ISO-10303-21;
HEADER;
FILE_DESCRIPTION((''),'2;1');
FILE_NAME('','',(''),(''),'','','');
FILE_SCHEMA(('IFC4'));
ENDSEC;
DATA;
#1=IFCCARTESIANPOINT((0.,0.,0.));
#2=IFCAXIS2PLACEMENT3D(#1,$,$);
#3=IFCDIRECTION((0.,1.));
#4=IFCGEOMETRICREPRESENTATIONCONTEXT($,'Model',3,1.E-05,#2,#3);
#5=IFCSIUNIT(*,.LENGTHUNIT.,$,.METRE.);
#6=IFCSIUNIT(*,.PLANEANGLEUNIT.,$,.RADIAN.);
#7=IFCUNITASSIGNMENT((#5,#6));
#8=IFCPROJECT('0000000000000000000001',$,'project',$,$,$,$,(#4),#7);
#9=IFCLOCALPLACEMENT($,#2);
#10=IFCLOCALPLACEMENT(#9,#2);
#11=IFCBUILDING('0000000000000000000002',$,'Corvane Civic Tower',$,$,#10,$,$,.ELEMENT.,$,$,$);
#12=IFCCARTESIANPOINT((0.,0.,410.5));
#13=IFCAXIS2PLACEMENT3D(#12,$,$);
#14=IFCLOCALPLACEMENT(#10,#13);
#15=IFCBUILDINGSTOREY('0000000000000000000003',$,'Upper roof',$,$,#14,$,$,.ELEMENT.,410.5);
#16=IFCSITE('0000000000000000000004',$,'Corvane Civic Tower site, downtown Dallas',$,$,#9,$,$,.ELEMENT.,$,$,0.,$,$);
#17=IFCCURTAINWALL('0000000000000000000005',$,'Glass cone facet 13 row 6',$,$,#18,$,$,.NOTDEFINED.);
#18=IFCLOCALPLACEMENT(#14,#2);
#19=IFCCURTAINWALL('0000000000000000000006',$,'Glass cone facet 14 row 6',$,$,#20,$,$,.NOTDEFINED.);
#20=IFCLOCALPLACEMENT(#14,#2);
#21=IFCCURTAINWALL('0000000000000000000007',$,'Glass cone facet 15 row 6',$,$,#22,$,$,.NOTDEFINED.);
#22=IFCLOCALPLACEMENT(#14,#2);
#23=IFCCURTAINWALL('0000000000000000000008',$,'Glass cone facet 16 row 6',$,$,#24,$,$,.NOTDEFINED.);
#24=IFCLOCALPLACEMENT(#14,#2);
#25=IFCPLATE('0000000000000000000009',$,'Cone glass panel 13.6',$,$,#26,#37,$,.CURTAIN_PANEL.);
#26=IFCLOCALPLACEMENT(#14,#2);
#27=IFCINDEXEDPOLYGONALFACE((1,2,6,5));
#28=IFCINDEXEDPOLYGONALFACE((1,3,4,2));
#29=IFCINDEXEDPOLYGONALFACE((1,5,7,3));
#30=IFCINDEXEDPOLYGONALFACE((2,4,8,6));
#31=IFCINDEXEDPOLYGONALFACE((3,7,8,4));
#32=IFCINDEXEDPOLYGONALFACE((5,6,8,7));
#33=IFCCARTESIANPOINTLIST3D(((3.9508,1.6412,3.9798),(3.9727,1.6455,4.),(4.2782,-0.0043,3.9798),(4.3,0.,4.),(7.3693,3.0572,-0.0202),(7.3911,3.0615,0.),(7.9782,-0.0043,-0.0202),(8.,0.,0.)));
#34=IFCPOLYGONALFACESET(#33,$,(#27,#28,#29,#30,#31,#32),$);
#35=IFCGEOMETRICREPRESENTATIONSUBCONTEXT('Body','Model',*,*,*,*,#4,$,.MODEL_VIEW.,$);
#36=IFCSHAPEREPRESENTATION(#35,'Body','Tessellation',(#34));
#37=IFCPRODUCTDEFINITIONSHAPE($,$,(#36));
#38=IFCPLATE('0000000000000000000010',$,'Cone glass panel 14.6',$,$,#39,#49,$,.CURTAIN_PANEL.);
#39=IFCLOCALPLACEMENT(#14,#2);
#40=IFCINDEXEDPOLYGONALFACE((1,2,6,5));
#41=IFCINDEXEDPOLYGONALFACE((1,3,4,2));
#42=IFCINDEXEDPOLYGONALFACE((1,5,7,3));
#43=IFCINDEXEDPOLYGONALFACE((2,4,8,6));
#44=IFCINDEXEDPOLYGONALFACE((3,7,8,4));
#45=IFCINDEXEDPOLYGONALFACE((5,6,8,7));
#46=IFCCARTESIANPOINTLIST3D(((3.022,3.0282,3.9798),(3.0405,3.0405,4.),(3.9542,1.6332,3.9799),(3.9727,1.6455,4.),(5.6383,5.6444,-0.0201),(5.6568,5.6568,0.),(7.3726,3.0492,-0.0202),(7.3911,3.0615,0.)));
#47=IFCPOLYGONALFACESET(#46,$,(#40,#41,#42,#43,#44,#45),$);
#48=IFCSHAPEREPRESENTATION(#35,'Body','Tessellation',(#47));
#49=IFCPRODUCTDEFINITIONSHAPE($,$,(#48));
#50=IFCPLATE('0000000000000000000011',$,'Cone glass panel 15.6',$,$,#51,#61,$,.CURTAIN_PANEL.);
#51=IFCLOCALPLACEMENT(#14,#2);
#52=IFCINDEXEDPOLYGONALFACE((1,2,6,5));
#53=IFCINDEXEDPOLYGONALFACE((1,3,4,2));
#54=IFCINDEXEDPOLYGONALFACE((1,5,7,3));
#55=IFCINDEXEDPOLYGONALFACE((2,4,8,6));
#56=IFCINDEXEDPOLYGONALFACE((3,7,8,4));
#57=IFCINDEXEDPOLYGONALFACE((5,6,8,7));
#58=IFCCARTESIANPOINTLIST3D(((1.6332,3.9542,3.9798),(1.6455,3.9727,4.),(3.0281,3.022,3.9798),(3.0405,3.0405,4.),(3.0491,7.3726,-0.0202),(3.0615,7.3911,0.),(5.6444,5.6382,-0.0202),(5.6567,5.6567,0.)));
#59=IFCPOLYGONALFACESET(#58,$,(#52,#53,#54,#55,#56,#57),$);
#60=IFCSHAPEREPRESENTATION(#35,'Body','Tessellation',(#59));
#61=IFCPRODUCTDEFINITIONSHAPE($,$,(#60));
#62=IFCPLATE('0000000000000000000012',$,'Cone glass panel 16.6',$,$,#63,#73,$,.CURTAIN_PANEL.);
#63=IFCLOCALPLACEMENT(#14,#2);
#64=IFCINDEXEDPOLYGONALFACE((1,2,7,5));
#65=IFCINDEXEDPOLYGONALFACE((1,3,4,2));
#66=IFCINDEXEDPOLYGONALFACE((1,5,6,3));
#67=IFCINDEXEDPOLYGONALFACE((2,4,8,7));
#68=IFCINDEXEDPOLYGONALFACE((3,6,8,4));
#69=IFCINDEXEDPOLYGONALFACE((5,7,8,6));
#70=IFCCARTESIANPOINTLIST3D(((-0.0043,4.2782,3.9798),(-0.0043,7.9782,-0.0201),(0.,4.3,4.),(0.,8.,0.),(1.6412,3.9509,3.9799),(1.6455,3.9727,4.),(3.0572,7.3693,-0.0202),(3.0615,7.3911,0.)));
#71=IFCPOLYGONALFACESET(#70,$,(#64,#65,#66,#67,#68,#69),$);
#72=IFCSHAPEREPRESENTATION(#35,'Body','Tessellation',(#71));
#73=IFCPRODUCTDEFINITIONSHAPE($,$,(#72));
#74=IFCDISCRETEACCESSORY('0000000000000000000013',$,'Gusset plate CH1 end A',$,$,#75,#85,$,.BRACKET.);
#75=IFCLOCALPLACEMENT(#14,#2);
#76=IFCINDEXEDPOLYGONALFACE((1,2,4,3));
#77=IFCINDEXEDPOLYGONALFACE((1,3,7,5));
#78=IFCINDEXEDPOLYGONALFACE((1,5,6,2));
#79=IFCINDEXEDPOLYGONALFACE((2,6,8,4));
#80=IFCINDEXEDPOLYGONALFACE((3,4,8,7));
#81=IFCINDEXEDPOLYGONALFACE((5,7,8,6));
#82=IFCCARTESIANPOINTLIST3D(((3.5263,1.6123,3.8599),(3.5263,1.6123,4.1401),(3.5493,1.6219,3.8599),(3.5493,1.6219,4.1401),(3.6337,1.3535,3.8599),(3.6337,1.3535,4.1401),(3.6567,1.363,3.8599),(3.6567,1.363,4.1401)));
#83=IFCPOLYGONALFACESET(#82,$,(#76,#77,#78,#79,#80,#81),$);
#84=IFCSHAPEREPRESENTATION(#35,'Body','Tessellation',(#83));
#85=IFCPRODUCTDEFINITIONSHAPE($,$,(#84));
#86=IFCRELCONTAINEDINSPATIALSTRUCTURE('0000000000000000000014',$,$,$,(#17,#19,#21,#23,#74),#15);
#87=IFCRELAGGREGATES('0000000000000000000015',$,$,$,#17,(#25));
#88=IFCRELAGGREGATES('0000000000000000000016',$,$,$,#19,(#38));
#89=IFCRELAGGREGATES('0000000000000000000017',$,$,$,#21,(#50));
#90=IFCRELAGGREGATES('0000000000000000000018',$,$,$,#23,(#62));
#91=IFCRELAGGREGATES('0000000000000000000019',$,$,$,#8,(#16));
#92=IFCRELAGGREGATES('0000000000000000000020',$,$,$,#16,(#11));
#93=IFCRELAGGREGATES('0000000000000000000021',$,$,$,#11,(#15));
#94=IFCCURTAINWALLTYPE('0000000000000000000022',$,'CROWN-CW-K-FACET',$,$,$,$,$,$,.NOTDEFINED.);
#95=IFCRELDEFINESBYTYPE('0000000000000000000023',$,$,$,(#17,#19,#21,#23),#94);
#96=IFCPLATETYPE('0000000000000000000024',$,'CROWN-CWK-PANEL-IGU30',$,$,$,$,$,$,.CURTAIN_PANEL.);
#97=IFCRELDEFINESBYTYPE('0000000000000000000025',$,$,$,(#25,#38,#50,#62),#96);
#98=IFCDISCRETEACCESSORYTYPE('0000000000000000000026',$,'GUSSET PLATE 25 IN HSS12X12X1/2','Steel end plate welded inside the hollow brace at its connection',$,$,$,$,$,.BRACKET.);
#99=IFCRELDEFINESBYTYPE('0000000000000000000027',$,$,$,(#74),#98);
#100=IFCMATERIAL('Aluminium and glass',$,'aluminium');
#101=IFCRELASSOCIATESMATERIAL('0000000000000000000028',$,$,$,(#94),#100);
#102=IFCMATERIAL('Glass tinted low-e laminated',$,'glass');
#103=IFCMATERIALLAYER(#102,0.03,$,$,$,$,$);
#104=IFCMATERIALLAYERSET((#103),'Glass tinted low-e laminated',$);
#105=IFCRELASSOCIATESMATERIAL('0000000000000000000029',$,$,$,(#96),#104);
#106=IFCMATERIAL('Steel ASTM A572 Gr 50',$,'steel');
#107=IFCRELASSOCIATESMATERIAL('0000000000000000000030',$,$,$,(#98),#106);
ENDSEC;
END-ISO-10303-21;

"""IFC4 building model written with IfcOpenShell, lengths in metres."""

from ifc_helpers import new_model, si_unit, direction, frame, origin, origin_2d, place, context, subcontext, project, spatial, polyline, rectangle, outline, extrude, material, layer, layer_set, material_profile, profile_set, type_object, element, aggregate, save


model = new_model("IFC4")

# Units and contexts
model_context = context("Model", 3, precision=1e-05, world=origin(), true_north=direction((0.0, 1.0)))
body_context = subcontext(model_context, "Body", "Model", "MODEL_VIEW")
ifc_project = project(units=[si_unit("LENGTHUNIT", "METRE"), si_unit("PLANEANGLEUNIT", "RADIAN")], contexts=[model_context])

# Site, building, storey
site_placement = place(None, origin())
site = spatial("IfcSite", under=ifc_project, at=site_placement, Name="Corvane Civic Tower site, downtown Dallas", CompositionType="ELEMENT", RefElevation=0.0)
building_placement = place(site_placement, origin())
building = spatial("IfcBuilding", under=site, at=building_placement, Name="Corvane Civic Tower", CompositionType="ELEMENT")
storey_placement = place(building_placement, frame((0.0, 0.0, 410.5)))
storey = spatial("IfcBuildingStorey", under=building, at=storey_placement, Name="Upper roof", CompositionType="ELEMENT", Elevation=410.5)

# Shared definitions
ifc_material_1 = material(Name="Aluminium and glass", Category="aluminium")
curtain_wall_type = type_object("IfcCurtainWallType", Name="CROWN-CW-K-FACET", PredefinedType="NOTDEFINED", material=ifc_material_1)

# Curtain walls
curtain_wall_1_placement = place(storey_placement, origin())
curtain_wall_1 = element("IfcCurtainWall", 1, at=curtain_wall_1_placement, inside=storey, type_object=curtain_wall_type, Name="Glass cone facet 13 row 6", PredefinedType="NOTDEFINED")
curtain_wall_2_placement = place(storey_placement, origin())
curtain_wall_2 = element("IfcCurtainWall", 2, at=curtain_wall_2_placement, inside=storey, type_object=curtain_wall_type, Name="Glass cone facet 14 row 6", PredefinedType="NOTDEFINED")
curtain_wall_3_placement = place(storey_placement, origin())
curtain_wall_3 = element("IfcCurtainWall", 3, at=curtain_wall_3_placement, inside=storey, type_object=curtain_wall_type, Name="Glass cone facet 15 row 6", PredefinedType="NOTDEFINED")

# Curtain wall
curtain_wall_4_placement = place(storey_placement, origin())
curtain_wall_4 = element("IfcCurtainWall", 4, at=curtain_wall_4_placement, inside=storey, type_object=curtain_wall_type, Name="Glass cone facet 16 row 6", PredefinedType="NOTDEFINED")

# Plates
ifc_material_2 = material(Name="Glass tinted low-e laminated", Category="glass")
ifc_layer_1 = layer(ifc_material_2, 0.03)
ifc_layer_set_1 = layer_set([ifc_layer_1], Name="Glass tinted low-e laminated")
plate_type_1 = type_object("IfcPlateType", Name="CROWN-CWK-PANEL-IGU30", PredefinedType="CURTAIN_PANEL", material=ifc_layer_set_1)
plate_1_placement = place(storey_placement, frame((8.0, 0.0, 0.0), z_axis=(0.726393, 0.144487, 0.67192), x_axis=(-0.195077, 0.980788, -0.000013)))
plate_1 = element("IfcPlate", 5, at=plate_1_placement, type_object=plate_type_1, Name="Cone glass panel 13.6", PredefinedType="CURTAIN_PANEL", context=body_context, shape_type="SweptSolid", body=[
    extrude(outline(polyline([(0.0, 0.0), (3.1215, 0.0), (2.3995, 5.4009), (0.7217, 5.4008), (0.0, 0.0)])), origin(), (0.0, 0.0, -1.0), 0.03),
])
aggregate(curtain_wall_1, [plate_1])
plate_2_placement = place(storey_placement, frame((7.3911, 3.0615, 0.0), z_axis=(0.615786, 0.411503, 0.671917), x_axis=(-0.555626, 0.831432, 0.000014)))
plate_2 = element("IfcPlate", 6, at=plate_2_placement, type_object=plate_type_1, Name="Cone glass panel 14.6", PredefinedType="CURTAIN_PANEL", context=body_context, shape_type="SweptSolid", body=[
    extrude(outline(polyline([(0.0, 0.0), (3.1214, 0.0), (2.3999, 5.4008), (0.7221, 5.4009), (0.0, 0.0)])), origin(), (0.0, 0.0, -1.0), 0.03),
])
aggregate(curtain_wall_2, [plate_2])
plate_3_placement = place(storey_placement, frame((5.6567, 5.6567, 0.0), z_axis=(0.411503, 0.615786, 0.671917), x_axis=(-0.831432, 0.555626, -0.000014)))
plate_3 = element("IfcPlate", 7, at=plate_3_placement, type_object=plate_type_1, Name="Cone glass panel 15.6", PredefinedType="CURTAIN_PANEL", context=body_context, shape_type="SweptSolid", body=[
    extrude(outline(polyline([(0.0, 0.0), (3.1214, 0.0), (2.3993, 5.4009), (0.7215, 5.4008), (0.0, 0.0)])), origin(), (0.0, 0.0, -1.0), 0.03),
])
aggregate(curtain_wall_3, [plate_3])
plate_4_placement = place(storey_placement, frame((3.0615, 7.3911, 0.0), z_axis=(0.144487, 0.726393, 0.67192), x_axis=(-0.980788, 0.195077, 0.000013)))
plate_4 = element("IfcPlate", 8, at=plate_4_placement, type_object=plate_type_1, Name="Cone glass panel 16.6", PredefinedType="CURTAIN_PANEL", context=body_context, shape_type="SweptSolid", body=[
    extrude(outline(polyline([(0.0, 0.0), (3.1215, 0.0), (2.3998, 5.4008), (0.722, 5.4009), (0.0, 0.0)])), origin(), (0.0, 0.0, -1.0), 0.03),
])
aggregate(curtain_wall_4, [plate_4])

# Discrete accessory
ifc_material_3 = material(Name="Steel ASTM A572 Gr 50", Category="steel")
ifc_material_profile_1 = material_profile(ifc_material_3, rectangle(XDim=0.2803, YDim=0.2803, at=origin_2d()), Name="GUSSET PLATE 25 IN HSS12X12X1/2")
ifc_profile_set_1 = profile_set([ifc_material_profile_1], Name="Steel ASTM A572 Gr 50")
discrete_accessory_type = type_object("IfcDiscreteAccessoryType", Name="GUSSET PLATE 25 IN HSS12X12X1/2", Description="Steel end plate welded inside the hollow brace at its connection", PredefinedType="BRACKET", material=ifc_profile_set_1)
discrete_accessory_placement = place(storey_placement, frame((3.603, 1.4924, 4.0), z_axis=(-0.923657, -0.38322, 0.0), x_axis=(0.38322, -0.923657, 0.0)))
element("IfcDiscreteAccessory", 9, at=discrete_accessory_placement, inside=storey, type_object=discrete_accessory_type, Name="Gusset plate CH1 end A", PredefinedType="BRACKET", context=body_context, shape_type="SweptSolid", body=[
    extrude(rectangle(XDim=0.2803, YDim=0.2803, at=origin_2d()), origin(), (0.0, 0.0, 1.0), 0.0249),
])

save(model, "model.ifc")
